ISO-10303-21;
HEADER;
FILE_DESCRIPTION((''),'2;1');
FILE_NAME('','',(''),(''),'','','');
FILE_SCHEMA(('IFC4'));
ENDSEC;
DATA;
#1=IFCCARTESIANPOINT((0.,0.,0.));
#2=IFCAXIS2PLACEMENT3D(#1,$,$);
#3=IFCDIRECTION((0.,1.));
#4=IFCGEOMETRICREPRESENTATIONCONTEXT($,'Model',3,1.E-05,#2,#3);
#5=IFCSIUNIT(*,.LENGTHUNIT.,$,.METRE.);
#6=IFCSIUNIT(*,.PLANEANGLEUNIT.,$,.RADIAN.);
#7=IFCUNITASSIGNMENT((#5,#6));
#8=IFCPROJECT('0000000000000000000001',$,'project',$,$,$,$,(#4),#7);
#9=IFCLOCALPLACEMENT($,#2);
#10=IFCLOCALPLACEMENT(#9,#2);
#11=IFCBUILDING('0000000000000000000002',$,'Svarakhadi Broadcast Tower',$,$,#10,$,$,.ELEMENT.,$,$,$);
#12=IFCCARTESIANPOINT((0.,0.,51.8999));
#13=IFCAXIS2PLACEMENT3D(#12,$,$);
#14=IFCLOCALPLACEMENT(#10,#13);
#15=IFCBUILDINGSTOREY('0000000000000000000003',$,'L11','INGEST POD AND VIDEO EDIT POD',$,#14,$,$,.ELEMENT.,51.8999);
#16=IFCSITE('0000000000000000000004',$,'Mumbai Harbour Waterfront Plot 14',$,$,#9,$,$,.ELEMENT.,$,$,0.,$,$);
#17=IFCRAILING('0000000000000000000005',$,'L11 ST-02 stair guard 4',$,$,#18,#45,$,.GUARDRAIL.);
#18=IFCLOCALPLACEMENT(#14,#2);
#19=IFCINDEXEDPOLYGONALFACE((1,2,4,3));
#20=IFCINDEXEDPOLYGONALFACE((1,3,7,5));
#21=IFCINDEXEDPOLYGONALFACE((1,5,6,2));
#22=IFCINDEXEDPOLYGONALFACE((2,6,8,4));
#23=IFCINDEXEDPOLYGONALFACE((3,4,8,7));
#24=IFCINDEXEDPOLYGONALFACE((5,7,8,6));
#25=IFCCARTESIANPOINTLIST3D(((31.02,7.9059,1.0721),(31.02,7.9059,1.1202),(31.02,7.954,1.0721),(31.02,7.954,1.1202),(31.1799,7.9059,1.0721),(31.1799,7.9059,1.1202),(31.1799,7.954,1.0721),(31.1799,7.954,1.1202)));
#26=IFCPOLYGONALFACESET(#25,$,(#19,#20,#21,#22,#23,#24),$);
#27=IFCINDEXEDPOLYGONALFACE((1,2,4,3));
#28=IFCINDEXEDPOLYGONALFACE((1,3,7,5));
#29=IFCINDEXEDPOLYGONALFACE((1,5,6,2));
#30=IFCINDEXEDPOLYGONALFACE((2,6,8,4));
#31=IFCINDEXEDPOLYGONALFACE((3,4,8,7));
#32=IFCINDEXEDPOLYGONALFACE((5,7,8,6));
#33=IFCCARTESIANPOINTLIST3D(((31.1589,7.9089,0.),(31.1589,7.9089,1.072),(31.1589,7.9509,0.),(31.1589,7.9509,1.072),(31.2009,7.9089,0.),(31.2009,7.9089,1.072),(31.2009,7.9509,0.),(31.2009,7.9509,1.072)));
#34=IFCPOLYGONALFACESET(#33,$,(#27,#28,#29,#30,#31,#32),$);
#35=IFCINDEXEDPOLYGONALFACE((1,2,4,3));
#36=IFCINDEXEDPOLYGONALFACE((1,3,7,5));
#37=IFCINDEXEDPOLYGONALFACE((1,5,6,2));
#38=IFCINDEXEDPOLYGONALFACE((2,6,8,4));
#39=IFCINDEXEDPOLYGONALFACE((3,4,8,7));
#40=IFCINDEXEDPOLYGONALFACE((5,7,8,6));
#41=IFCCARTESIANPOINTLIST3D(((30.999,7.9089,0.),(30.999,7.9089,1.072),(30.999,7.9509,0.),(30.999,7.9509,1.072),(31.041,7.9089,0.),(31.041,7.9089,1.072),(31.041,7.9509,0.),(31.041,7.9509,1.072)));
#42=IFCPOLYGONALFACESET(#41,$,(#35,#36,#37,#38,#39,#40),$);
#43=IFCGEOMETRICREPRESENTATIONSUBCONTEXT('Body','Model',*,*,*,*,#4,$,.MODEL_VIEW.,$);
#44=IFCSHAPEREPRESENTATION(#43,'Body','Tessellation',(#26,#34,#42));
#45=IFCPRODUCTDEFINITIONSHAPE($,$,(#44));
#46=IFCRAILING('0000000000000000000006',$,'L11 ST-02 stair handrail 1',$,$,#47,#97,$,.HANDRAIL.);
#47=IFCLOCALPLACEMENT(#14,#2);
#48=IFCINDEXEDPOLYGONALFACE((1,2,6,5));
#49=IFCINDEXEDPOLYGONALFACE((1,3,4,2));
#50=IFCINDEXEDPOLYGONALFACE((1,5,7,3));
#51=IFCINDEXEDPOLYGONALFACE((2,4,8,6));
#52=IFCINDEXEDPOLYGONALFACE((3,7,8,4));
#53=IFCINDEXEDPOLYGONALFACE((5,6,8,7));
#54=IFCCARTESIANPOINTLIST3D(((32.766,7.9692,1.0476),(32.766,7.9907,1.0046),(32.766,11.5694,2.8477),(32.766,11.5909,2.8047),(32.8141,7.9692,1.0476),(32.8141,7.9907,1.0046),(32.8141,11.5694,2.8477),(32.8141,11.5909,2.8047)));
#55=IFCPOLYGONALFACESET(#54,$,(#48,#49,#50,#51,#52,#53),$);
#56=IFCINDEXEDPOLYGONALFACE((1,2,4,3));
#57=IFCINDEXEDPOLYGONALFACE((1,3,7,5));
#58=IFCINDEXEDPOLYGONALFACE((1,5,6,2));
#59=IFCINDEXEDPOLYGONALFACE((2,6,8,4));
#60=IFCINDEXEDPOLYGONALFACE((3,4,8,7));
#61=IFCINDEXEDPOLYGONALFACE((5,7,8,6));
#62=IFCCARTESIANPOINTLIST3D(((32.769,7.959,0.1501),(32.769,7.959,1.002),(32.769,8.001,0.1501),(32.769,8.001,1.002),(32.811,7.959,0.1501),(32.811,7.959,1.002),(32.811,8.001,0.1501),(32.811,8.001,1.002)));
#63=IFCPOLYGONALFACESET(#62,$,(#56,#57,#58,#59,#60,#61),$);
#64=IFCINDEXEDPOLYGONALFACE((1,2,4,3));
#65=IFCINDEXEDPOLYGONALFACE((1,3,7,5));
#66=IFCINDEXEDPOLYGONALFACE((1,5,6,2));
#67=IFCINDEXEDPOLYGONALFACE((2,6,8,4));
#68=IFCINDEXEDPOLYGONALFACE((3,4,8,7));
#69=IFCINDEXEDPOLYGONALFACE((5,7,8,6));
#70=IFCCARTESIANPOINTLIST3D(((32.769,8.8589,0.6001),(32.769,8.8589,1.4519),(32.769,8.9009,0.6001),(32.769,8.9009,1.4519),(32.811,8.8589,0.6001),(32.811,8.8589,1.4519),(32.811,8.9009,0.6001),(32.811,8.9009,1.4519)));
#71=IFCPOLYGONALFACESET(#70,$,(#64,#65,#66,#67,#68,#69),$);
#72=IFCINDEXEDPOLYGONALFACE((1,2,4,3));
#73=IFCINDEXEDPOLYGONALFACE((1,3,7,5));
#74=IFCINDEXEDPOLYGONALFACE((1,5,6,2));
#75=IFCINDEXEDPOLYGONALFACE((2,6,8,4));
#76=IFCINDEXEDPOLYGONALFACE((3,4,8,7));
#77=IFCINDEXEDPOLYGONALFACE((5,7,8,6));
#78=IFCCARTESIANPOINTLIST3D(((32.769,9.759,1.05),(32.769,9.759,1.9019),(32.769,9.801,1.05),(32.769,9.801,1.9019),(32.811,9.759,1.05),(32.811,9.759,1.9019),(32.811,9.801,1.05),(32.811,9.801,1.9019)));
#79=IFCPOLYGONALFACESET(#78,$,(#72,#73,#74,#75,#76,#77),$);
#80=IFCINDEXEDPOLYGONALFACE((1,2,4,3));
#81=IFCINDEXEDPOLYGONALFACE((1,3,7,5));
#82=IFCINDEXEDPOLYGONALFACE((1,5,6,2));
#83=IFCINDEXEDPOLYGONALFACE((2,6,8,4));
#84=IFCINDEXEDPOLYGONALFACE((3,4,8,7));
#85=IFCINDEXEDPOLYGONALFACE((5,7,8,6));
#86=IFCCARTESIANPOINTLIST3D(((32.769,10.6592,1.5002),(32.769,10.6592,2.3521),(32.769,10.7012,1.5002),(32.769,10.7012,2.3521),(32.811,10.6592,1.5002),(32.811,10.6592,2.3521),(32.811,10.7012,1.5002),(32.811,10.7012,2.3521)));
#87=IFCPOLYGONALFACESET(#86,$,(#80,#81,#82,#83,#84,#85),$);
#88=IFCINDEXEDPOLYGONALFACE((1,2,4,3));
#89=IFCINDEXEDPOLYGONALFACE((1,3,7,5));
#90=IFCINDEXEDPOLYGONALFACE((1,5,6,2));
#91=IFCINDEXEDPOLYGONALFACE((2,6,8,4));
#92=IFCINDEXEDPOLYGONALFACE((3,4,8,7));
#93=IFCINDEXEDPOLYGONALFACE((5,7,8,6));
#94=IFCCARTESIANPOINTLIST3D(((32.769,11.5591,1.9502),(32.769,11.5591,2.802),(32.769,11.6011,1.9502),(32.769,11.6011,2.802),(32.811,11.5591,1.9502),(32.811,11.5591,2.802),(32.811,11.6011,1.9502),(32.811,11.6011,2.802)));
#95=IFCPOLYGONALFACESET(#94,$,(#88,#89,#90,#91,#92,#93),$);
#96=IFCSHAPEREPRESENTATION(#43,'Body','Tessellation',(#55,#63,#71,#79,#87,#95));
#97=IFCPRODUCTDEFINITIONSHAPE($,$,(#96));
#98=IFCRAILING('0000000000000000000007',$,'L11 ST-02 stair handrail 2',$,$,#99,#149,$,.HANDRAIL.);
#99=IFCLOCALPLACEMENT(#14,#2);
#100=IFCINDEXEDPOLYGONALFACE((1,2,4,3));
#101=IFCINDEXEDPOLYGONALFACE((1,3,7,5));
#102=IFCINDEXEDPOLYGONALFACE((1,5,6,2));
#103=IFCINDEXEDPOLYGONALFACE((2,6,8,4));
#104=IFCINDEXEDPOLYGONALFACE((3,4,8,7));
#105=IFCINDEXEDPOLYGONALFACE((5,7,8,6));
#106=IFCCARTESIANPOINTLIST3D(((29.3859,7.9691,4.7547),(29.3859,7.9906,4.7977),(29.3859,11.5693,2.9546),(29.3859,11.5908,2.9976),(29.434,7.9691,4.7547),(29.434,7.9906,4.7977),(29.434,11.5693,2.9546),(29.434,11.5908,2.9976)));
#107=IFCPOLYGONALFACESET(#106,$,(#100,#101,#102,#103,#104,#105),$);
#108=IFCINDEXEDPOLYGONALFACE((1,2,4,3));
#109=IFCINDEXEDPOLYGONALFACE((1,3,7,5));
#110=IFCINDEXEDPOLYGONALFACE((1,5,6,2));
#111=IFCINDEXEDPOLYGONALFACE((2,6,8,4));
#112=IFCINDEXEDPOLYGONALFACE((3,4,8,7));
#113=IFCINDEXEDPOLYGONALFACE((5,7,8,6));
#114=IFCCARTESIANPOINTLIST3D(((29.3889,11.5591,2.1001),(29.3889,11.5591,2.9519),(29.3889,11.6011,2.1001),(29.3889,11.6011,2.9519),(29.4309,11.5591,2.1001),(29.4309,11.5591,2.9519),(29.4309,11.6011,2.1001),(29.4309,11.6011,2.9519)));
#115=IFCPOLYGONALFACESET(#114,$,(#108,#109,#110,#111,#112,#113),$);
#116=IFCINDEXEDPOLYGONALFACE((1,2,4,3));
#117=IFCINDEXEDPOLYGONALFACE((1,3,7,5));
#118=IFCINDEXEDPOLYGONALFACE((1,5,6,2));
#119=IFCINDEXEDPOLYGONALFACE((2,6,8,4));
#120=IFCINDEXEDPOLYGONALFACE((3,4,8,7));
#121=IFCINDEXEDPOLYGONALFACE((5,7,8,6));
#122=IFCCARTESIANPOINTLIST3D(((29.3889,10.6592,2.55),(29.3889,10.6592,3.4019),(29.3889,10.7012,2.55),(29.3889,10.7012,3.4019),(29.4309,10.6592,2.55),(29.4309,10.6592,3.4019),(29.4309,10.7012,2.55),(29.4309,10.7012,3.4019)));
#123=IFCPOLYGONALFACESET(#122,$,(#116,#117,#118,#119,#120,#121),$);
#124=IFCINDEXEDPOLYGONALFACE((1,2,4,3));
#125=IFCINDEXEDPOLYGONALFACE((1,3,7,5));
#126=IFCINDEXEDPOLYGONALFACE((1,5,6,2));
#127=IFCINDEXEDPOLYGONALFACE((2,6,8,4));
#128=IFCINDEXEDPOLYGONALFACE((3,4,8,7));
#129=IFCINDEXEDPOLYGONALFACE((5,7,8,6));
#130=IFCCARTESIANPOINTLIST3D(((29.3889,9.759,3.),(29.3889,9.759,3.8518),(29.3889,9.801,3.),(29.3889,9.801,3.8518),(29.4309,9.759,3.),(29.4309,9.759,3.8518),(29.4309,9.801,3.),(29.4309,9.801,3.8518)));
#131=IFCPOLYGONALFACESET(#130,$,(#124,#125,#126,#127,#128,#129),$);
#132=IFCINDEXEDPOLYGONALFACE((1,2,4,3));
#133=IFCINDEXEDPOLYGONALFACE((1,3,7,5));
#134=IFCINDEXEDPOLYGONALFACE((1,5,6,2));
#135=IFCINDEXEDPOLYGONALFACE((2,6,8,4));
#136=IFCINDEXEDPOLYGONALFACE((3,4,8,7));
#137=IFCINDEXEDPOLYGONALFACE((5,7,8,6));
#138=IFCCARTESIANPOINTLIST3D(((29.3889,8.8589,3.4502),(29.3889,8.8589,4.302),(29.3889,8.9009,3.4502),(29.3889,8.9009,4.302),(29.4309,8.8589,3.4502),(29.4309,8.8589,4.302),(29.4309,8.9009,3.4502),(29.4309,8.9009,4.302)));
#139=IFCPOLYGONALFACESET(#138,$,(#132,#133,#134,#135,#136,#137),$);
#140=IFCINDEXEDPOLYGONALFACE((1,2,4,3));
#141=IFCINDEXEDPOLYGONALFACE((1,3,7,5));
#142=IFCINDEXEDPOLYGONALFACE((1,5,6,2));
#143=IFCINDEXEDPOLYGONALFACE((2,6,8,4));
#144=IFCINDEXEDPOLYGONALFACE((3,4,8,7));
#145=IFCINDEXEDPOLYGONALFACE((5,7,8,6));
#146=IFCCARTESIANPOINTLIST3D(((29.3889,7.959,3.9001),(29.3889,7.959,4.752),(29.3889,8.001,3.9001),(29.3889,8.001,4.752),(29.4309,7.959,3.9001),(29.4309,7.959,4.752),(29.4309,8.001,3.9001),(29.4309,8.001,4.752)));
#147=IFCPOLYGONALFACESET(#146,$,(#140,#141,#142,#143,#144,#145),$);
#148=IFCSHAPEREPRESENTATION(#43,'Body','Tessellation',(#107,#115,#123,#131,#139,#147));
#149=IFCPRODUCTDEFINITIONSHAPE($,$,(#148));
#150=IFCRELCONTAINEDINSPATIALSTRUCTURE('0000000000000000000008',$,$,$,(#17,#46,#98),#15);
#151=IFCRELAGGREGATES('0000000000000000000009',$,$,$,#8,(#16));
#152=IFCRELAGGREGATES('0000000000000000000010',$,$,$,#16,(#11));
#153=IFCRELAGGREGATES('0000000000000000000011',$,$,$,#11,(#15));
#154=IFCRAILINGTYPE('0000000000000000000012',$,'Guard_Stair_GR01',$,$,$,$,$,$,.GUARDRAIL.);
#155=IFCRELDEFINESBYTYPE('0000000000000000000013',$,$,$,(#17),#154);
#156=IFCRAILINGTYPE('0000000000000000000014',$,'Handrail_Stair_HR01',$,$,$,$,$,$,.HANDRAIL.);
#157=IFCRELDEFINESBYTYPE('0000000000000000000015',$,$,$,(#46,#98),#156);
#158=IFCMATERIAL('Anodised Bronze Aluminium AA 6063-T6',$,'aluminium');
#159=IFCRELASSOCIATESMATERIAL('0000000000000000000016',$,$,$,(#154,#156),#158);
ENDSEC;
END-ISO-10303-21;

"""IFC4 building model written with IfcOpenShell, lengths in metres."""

from ifc_helpers import new_model, si_unit, direction, frame, origin, origin_2d, place, context, subcontext, project, spatial, rectangle, extrude, material, type_object, element, save


model = new_model("IFC4")

# Units and contexts
model_context = context("Model", 3, precision=1e-05, world=origin(), true_north=direction((0.0, 1.0)))
body_context = subcontext(model_context, "Body", "Model", "MODEL_VIEW")
ifc_project = project(units=[si_unit("LENGTHUNIT", "METRE"), si_unit("PLANEANGLEUNIT", "RADIAN")], contexts=[model_context])

# Site, building, storey
site_placement = place(None, origin())
site = spatial("IfcSite", under=ifc_project, at=site_placement, Name="Mumbai Harbour Waterfront Plot 14", CompositionType="ELEMENT", RefElevation=0.0)
building_placement = place(site_placement, origin())
building = spatial("IfcBuilding", under=site, at=building_placement, Name="Svarakhadi Broadcast Tower", CompositionType="ELEMENT")
storey_placement = place(building_placement, frame((0.0, 0.0, 51.8999)))
storey = spatial("IfcBuildingStorey", under=building, at=storey_placement, Name="L11", Description="INGEST POD AND VIDEO EDIT POD", CompositionType="ELEMENT", Elevation=51.8999)

# Shared definitions
ifc_material_1 = material(Name="Anodised Bronze Aluminium AA 6063-T6", Category="aluminium")

# Railings
railing_type_1 = type_object("IfcRailingType", Name="Guard_Stair_GR01", PredefinedType="GUARDRAIL", material=ifc_material_1)
railing_1_placement = place(storey_placement, frame((31.1799, 7.9299, 0.0)))
element("IfcRailing", 1, at=railing_1_placement, inside=storey, type_object=railing_type_1, Name="L11 ST-02 stair guard 4", PredefinedType="GUARDRAIL", context=body_context, shape_type="SweptSolid", body=[
    extrude(rectangle(XDim=0.0481, YDim=0.0481, at=origin_2d()), frame((0.0, 0.0, 1.0962), z_axis=(-1.0, 0.0, 0.0), x_axis=(0.0, -1.0, 0.0)), (0.0, 0.0, 1.0), 0.1599),
    extrude(rectangle(XDim=0.042, YDim=0.042, at=origin_2d()), origin(), (0.0, 0.0, 1.0), 1.072),
    extrude(rectangle(XDim=0.042, YDim=0.042, at=origin_2d()), frame((-0.1599, 0.0, 0.0)), (0.0, 0.0, 1.0), 1.072),
])
railing_type_2 = type_object("IfcRailingType", Name="Handrail_Stair_HR01", PredefinedType="HANDRAIL", material=ifc_material_1)
railing_2_placement = place(storey_placement, frame((32.79, 7.98, 0.1501)))
element("IfcRailing", 2, at=railing_2_placement, inside=storey, type_object=railing_type_2, Name="L11 ST-02 stair handrail 1", PredefinedType="HANDRAIL", context=body_context, shape_type="SweptSolid", body=[
    extrude(rectangle(XDim=0.0481, YDim=0.0481, at=origin_2d()), frame((0.0, 0.0, 0.876), z_axis=(0.0, 0.894427, 0.447214), x_axis=(-1.0, 0.0, 0.0)), (0.0, 0.0, 1.0), 4.0251),
    extrude(rectangle(XDim=0.042, YDim=0.042, at=origin_2d()), origin(), (0.0, 0.0, 1.0), 0.8518),
    extrude(rectangle(XDim=0.042, YDim=0.042, at=origin_2d()), frame((0.0, 0.8999, 0.45)), (0.0, 0.0, 1.0), 0.8518),
    extrude(rectangle(XDim=0.042, YDim=0.042, at=origin_2d()), frame((0.0, 1.8, 0.8999)), (0.0, 0.0, 1.0), 0.8518),
    extrude(rectangle(XDim=0.042, YDim=0.042, at=origin_2d()), frame((0.0, 2.7002, 1.3501)), (0.0, 0.0, 1.0), 0.8518),
    extrude(rectangle(XDim=0.042, YDim=0.042, at=origin_2d()), frame((0.0, 3.6001, 1.8)), (0.0, 0.0, 1.0), 0.8518),
])
railing_3_placement = place(storey_placement, frame((29.4099, 11.5801, 2.1001)))
element("IfcRailing", 3, at=railing_3_placement, inside=storey, type_object=railing_type_2, Name="L11 ST-02 stair handrail 2", PredefinedType="HANDRAIL", context=body_context, shape_type="SweptSolid", body=[
    extrude(rectangle(XDim=0.0481, YDim=0.0481, at=origin_2d()), frame((0.0, 0.0, 0.876), z_axis=(0.0, -0.894427, 0.447214), x_axis=(1.0, 0.0, 0.0)), (0.0, 0.0, 1.0), 4.0251),
    extrude(rectangle(XDim=0.042, YDim=0.042, at=origin_2d()), origin(), (0.0, 0.0, 1.0), 0.8518),
    extrude(rectangle(XDim=0.042, YDim=0.042, at=origin_2d()), frame((0.0, -0.8999, 0.45)), (0.0, 0.0, 1.0), 0.8518),
    extrude(rectangle(XDim=0.042, YDim=0.042, at=origin_2d()), frame((0.0, -1.8, 0.8999)), (0.0, 0.0, 1.0), 0.8518),
    extrude(rectangle(XDim=0.042, YDim=0.042, at=origin_2d()), frame((0.0, -2.7002, 1.3501)), (0.0, 0.0, 1.0), 0.8518),
    extrude(rectangle(XDim=0.042, YDim=0.042, at=origin_2d()), frame((0.0, -3.6001, 1.8)), (0.0, 0.0, 1.0), 0.8518),
])

save(model, "model.ifc")
